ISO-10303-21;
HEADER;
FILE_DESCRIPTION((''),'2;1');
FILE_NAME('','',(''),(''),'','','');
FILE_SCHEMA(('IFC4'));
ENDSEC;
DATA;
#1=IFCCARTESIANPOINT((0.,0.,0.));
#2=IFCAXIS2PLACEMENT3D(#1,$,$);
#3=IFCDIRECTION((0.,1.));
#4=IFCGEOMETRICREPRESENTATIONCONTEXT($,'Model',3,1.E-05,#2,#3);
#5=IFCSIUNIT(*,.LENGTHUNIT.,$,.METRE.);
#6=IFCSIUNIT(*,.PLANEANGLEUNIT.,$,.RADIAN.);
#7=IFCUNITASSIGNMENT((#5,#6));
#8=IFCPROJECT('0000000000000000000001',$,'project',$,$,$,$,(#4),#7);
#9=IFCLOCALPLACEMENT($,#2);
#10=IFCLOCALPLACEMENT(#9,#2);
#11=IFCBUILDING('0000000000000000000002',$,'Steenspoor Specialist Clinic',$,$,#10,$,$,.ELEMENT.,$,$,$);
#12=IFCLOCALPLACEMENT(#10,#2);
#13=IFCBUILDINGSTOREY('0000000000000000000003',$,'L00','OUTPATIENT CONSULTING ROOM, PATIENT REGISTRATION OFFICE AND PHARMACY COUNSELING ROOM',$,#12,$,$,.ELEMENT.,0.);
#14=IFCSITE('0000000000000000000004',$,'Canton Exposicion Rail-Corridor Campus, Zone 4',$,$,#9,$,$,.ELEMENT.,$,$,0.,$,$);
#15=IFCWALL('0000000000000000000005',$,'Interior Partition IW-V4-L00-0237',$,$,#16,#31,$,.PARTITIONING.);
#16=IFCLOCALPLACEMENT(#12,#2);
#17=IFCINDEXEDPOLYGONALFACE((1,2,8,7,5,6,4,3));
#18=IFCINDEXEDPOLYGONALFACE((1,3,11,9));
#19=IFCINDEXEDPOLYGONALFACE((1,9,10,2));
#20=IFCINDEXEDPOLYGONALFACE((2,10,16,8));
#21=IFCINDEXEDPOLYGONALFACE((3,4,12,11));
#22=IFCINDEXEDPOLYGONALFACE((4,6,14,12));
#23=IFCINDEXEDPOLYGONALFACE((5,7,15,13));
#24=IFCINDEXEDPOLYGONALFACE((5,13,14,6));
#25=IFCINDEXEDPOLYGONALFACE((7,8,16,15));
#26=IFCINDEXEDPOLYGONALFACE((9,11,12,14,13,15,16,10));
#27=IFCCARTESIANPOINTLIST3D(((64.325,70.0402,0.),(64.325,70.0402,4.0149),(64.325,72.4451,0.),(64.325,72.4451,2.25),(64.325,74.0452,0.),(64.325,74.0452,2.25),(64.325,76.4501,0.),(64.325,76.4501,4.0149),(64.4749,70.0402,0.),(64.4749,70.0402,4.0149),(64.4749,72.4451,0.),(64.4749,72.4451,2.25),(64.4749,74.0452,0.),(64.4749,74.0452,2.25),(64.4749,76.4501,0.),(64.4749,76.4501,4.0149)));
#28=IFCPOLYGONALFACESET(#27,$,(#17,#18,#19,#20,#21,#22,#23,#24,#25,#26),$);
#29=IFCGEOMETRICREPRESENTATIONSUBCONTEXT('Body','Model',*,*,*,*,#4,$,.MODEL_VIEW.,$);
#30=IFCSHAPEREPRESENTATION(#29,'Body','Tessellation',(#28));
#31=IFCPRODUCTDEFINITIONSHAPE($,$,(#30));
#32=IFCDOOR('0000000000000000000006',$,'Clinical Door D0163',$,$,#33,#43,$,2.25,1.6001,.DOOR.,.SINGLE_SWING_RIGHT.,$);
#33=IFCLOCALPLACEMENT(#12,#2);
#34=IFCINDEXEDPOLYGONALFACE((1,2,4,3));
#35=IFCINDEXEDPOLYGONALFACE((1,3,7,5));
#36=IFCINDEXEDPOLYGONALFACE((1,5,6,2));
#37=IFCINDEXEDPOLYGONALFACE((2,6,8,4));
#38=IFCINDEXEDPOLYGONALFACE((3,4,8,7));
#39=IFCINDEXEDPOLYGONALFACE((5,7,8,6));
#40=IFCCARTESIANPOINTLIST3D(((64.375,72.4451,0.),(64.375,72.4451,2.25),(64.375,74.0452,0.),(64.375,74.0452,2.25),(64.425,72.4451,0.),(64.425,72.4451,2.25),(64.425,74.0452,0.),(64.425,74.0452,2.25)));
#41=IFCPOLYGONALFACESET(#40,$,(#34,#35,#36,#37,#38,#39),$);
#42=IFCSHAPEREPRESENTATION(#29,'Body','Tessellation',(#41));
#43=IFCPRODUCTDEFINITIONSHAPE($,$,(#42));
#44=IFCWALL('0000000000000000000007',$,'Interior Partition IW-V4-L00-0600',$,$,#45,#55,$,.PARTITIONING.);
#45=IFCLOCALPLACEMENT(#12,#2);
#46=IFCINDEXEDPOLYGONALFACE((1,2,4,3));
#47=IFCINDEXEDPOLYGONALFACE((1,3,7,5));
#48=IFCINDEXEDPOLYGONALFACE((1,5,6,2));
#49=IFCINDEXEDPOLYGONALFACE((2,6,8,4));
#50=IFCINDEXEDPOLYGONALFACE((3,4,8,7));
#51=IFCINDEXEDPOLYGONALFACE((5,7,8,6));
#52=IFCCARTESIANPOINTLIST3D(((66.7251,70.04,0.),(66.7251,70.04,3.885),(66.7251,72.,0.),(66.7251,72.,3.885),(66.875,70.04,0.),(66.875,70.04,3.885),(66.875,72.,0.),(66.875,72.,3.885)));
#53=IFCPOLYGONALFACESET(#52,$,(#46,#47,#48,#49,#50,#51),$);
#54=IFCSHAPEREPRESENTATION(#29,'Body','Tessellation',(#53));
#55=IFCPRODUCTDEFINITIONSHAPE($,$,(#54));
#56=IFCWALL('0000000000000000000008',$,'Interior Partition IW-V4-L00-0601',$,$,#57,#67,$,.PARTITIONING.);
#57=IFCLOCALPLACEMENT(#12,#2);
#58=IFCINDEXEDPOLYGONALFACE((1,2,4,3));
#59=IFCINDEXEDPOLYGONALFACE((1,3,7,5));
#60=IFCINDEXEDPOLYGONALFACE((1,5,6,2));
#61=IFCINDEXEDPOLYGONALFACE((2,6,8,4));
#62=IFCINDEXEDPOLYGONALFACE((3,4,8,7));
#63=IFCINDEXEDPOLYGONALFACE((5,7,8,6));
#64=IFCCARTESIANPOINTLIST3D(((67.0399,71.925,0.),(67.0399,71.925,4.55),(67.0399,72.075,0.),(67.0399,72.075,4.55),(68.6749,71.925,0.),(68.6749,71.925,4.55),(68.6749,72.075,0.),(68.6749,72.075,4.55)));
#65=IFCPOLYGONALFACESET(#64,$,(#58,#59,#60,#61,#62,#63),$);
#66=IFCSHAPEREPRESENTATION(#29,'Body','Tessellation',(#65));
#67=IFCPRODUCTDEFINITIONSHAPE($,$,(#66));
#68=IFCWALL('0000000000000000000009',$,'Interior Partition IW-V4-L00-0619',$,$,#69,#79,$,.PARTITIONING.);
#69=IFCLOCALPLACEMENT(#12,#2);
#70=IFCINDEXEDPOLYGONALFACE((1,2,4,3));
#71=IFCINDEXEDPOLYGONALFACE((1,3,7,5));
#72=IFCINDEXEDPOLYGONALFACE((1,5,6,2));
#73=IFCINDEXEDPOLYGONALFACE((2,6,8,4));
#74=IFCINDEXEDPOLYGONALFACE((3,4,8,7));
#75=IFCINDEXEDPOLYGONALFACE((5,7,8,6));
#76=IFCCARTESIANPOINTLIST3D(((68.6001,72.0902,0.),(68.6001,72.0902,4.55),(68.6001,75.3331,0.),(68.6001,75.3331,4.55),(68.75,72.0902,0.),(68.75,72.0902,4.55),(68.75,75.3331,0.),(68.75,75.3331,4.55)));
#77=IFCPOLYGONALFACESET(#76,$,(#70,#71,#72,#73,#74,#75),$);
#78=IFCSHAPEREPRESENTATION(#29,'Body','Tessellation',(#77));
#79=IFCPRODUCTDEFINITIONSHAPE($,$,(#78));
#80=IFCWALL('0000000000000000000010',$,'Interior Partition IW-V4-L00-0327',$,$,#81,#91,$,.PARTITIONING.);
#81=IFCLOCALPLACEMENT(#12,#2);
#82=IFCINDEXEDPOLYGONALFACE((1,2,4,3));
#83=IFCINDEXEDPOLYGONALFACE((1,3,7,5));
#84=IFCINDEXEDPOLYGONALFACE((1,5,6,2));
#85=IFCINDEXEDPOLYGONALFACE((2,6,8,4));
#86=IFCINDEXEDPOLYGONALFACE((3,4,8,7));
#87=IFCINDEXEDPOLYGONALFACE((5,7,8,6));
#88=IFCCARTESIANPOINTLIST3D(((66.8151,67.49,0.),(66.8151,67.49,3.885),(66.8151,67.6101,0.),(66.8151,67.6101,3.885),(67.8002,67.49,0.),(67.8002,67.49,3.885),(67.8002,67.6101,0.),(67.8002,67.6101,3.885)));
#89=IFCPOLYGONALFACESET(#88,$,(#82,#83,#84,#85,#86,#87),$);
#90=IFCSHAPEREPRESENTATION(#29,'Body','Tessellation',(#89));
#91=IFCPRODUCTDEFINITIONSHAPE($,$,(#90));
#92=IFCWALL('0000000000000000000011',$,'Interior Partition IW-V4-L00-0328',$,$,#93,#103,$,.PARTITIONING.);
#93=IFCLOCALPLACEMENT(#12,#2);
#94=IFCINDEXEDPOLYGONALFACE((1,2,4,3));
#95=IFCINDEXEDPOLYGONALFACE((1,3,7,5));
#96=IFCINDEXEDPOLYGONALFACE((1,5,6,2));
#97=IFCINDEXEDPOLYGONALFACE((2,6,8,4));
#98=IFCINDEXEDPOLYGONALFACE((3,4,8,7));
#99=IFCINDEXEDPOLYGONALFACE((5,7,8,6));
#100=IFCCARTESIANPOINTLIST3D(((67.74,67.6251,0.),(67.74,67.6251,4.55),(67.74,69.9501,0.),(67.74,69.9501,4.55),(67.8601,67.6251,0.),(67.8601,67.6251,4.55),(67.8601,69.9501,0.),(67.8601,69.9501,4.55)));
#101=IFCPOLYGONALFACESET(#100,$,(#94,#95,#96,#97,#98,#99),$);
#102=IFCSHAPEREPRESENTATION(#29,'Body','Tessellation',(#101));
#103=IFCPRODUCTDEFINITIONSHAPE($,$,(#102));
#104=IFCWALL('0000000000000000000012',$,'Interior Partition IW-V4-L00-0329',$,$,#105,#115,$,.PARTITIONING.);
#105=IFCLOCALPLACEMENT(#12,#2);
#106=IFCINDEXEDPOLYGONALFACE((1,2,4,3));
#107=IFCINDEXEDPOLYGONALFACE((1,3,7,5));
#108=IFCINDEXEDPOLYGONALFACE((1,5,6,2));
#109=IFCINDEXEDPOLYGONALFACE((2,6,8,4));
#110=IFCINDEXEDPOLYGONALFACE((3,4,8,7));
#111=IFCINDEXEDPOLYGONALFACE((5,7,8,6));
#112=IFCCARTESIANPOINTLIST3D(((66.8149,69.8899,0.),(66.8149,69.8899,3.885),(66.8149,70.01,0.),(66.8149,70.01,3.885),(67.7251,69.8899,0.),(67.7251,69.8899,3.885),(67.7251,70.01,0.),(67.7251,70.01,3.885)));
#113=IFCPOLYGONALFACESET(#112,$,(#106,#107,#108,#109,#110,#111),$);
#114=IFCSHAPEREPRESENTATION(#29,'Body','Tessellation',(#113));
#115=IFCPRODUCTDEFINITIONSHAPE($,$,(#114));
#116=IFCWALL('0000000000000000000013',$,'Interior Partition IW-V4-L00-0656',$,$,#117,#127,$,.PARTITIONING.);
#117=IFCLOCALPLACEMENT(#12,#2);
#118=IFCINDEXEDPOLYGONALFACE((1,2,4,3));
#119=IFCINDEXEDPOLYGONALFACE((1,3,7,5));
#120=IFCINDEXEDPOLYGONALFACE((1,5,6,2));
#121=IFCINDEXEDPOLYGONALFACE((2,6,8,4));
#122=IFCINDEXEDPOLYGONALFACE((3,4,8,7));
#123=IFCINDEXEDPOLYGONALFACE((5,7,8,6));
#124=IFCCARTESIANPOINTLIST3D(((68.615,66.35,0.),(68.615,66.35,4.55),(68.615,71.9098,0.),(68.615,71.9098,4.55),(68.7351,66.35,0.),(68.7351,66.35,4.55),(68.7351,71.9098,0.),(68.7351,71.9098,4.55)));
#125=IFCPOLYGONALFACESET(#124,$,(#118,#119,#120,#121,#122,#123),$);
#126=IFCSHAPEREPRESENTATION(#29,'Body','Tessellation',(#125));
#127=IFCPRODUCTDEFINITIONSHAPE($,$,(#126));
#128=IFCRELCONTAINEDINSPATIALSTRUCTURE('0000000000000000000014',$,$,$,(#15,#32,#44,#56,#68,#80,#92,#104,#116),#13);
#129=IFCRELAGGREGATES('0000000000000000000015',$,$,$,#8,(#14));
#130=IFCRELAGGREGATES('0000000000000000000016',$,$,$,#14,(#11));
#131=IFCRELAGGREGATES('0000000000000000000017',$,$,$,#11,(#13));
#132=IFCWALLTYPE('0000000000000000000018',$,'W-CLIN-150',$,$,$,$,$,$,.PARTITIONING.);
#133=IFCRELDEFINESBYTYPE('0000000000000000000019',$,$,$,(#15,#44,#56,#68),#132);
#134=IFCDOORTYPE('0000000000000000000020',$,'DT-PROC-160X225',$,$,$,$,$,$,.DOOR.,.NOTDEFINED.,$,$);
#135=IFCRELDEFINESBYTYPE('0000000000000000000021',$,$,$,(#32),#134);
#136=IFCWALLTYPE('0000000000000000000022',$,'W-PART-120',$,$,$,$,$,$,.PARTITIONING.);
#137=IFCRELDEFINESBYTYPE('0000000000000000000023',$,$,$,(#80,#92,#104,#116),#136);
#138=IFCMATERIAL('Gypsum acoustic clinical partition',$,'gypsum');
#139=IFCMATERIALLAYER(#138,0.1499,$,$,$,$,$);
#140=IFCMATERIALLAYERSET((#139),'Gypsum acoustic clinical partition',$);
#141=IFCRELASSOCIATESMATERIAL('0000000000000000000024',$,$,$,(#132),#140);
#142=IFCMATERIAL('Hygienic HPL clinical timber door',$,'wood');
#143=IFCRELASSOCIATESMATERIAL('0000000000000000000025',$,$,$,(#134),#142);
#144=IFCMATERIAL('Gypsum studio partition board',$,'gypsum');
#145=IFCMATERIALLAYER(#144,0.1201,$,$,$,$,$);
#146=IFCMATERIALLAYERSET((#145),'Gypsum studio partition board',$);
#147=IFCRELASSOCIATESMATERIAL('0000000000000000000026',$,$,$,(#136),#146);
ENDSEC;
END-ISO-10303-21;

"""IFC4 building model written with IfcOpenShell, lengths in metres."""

from ifc_helpers import new_model, si_unit, direction, frame, frame_2d, origin, place, context, subcontext, project, spatial, rectangle, extrude, material, layer, layer_set, type_object, element, fill, save


model = new_model("IFC4")

# Units and contexts
model_context = context("Model", 3, precision=1e-05, world=origin(), true_north=direction((0.0, 1.0)))
body_context = subcontext(model_context, "Body", "Model", "MODEL_VIEW")
ifc_project = project(units=[si_unit("LENGTHUNIT", "METRE"), si_unit("PLANEANGLEUNIT", "RADIAN")], contexts=[model_context])

# Site, building, storey
site_placement = place(None, origin())
site = spatial("IfcSite", under=ifc_project, at=site_placement, Name="Canton Exposicion Rail-Corridor Campus, Zone 4", CompositionType="ELEMENT", RefElevation=0.0)
building_placement = place(site_placement, origin())
building = spatial("IfcBuilding", under=site, at=building_placement, Name="Steenspoor Specialist Clinic", CompositionType="ELEMENT")
storey_placement = place(building_placement, origin())
storey = spatial("IfcBuildingStorey", under=building, at=storey_placement, Name="L00", Description="OUTPATIENT CONSULTING ROOM, PATIENT REGISTRATION OFFICE AND PHARMACY COUNSELING ROOM", CompositionType="ELEMENT", Elevation=0.0)

# Shared definitions
ifc_material_1 = material(Name="Gypsum acoustic clinical partition", Category="gypsum")
ifc_layer_1 = layer(ifc_material_1, 0.1499)
ifc_layer_set_1 = layer_set([ifc_layer_1], Name="Gypsum acoustic clinical partition")
wall_type_1 = type_object("IfcWallType", Name="W-CLIN-150", PredefinedType="PARTITIONING", material=ifc_layer_set_1)

# Wall, opening, door
wall_1_placement = place(storey_placement, frame((64.3999, 70.04, 0.0), z_axis=(0.0, 0.0, 1.0), x_axis=(0.0, 1.0, 0.0)))
wall_1 = element("IfcWall", 1, at=wall_1_placement, inside=storey, type_object=wall_type_1, Name="Interior Partition IW-V4-L00-0237", PredefinedType="PARTITIONING", context=body_context, shape_type="SweptSolid", body=[
    extrude(rectangle(XDim=6.4099, YDim=0.1499, at=frame_2d((3.2051, 0.0))), origin(), (0.0, 0.0, 1.0), 4.0149),
])
opening_placement = place(wall_1_placement, frame((2.405, 0.0, 0.0)))
opening = element("IfcOpeningElement", 2, at=opening_placement, cuts=wall_1, PredefinedType="OPENING", context=body_context, shape_type="SweptSolid", body=[
    extrude(rectangle(XDim=1.6001, YDim=2.25, at=frame_2d((0.8, 1.125))), frame((0.0, 0.085, 0.0), z_axis=(0.0, -1.0, 0.0), x_axis=(1.0, 0.0, 0.0)), (0.0, 0.0, 1.0), 0.1699),
])
ifc_material_2 = material(Name="Hygienic HPL clinical timber door", Category="wood")
door_type = type_object("IfcDoorType", Name="DT-PROC-160X225", OperationType="NOTDEFINED", PredefinedType="DOOR", material=ifc_material_2)
door_placement = place(opening_placement, origin())
door = element("IfcDoor", 3, at=door_placement, inside=storey, type_object=door_type, Name="Clinical Door D0163", OperationType="SINGLE_SWING_RIGHT", OverallHeight=2.25, OverallWidth=1.6001, PredefinedType="DOOR", context=body_context, shape_type="SweptSolid", body=[
    extrude(rectangle(XDim=1.6001, YDim=2.25, at=frame_2d((0.8, 1.125))), frame((0.0, 0.0249, 0.0), z_axis=(0.0, -1.0, 0.0), x_axis=(1.0, 0.0, 0.0)), (0.0, 0.0, 1.0), 0.05),
])
fill(opening, door)

# Walls
wall_2_placement = place(storey_placement, frame((66.8, 70.04, 0.0), z_axis=(0.0, 0.0, 1.0), x_axis=(0.0, 1.0, 0.0)))
element("IfcWall", 4, at=wall_2_placement, inside=storey, type_object=wall_type_1, Name="Interior Partition IW-V4-L00-0600", PredefinedType="PARTITIONING", context=body_context, shape_type="SweptSolid", body=[
    extrude(rectangle(XDim=1.96, YDim=0.1499, at=frame_2d((0.98, 0.0))), origin(), (0.0, 0.0, 1.0), 3.885),
])
wall_3_placement = place(storey_placement, frame((67.04, 72.0, 0.0), z_axis=(0.0, 0.0, 1.0), x_axis=(1.0, 0.0, 0.0)))
element("IfcWall", 5, at=wall_3_placement, inside=storey, type_object=wall_type_1, Name="Interior Partition IW-V4-L00-0601", PredefinedType="PARTITIONING", context=body_context, shape_type="SweptSolid", body=[
    extrude(rectangle(XDim=1.635, YDim=0.1499, at=frame_2d((0.8174, 0.0))), origin(), (0.0, 0.0, 1.0), 4.55),
])
wall_4_placement = place(storey_placement, frame((68.675, 72.0901, 0.0), z_axis=(0.0, 0.0, 1.0), x_axis=(0.0, 1.0, 0.0)))
element("IfcWall", 6, at=wall_4_placement, inside=storey, type_object=wall_type_1, Name="Interior Partition IW-V4-L00-0619", PredefinedType="PARTITIONING", context=body_context, shape_type="SweptSolid", body=[
    extrude(rectangle(XDim=3.2429, YDim=0.1499, at=frame_2d((1.6216, 0.0))), origin(), (0.0, 0.0, 1.0), 4.55),
])
ifc_material_3 = material(Name="Gypsum studio partition board", Category="gypsum")
ifc_layer_2 = layer(ifc_material_3, 0.1201)
ifc_layer_set_2 = layer_set([ifc_layer_2], Name="Gypsum studio partition board")
wall_type_2 = type_object("IfcWallType", Name="W-PART-120", PredefinedType="PARTITIONING", material=ifc_layer_set_2)
wall_5_placement = place(storey_placement, frame((66.8149, 67.55, 0.0), z_axis=(0.0, 0.0, 1.0), x_axis=(1.0, 0.0, 0.0)))
element("IfcWall", 7, at=wall_5_placement, inside=storey, type_object=wall_type_2, Name="Interior Partition IW-V4-L00-0327", PredefinedType="PARTITIONING", context=body_context, shape_type="SweptSolid", body=[
    extrude(rectangle(XDim=0.9851, YDim=0.1201, at=frame_2d((0.4927, 0.0))), origin(), (0.0, 0.0, 1.0), 3.885),
])
wall_6_placement = place(storey_placement, frame((67.8, 67.625, 0.0), z_axis=(0.0, 0.0, 1.0), x_axis=(0.0, 1.0, 0.0)))
element("IfcWall", 8, at=wall_6_placement, inside=storey, type_object=wall_type_2, Name="Interior Partition IW-V4-L00-0328", PredefinedType="PARTITIONING", context=body_context, shape_type="SweptSolid", body=[
    extrude(rectangle(XDim=2.325, YDim=0.1201, at=frame_2d((1.1626, 0.0))), origin(), (0.0, 0.0, 1.0), 4.55),
])
wall_7_placement = place(storey_placement, frame((66.8149, 69.95, 0.0), z_axis=(0.0, 0.0, 1.0), x_axis=(1.0, 0.0, 0.0)))
element("IfcWall", 9, at=wall_7_placement, inside=storey, type_object=wall_type_2, Name="Interior Partition IW-V4-L00-0329", PredefinedType="PARTITIONING", context=body_context, shape_type="SweptSolid", body=[
    extrude(rectangle(XDim=0.9102, YDim=0.1201, at=frame_2d((0.4551, 0.0))), origin(), (0.0, 0.0, 1.0), 3.885),
])
wall_8_placement = place(storey_placement, frame((68.675, 66.3501, 0.0), z_axis=(0.0, 0.0, 1.0), x_axis=(0.0, 1.0, 0.0)))
element("IfcWall", 10, at=wall_8_placement, inside=storey, type_object=wall_type_2, Name="Interior Partition IW-V4-L00-0656", PredefinedType="PARTITIONING", context=body_context, shape_type="SweptSolid", body=[
    extrude(rectangle(XDim=5.5598, YDim=0.1201, at=frame_2d((2.7798, 0.0))), origin(), (0.0, 0.0, 1.0), 4.55),
])

save(model, "model.ifc")
